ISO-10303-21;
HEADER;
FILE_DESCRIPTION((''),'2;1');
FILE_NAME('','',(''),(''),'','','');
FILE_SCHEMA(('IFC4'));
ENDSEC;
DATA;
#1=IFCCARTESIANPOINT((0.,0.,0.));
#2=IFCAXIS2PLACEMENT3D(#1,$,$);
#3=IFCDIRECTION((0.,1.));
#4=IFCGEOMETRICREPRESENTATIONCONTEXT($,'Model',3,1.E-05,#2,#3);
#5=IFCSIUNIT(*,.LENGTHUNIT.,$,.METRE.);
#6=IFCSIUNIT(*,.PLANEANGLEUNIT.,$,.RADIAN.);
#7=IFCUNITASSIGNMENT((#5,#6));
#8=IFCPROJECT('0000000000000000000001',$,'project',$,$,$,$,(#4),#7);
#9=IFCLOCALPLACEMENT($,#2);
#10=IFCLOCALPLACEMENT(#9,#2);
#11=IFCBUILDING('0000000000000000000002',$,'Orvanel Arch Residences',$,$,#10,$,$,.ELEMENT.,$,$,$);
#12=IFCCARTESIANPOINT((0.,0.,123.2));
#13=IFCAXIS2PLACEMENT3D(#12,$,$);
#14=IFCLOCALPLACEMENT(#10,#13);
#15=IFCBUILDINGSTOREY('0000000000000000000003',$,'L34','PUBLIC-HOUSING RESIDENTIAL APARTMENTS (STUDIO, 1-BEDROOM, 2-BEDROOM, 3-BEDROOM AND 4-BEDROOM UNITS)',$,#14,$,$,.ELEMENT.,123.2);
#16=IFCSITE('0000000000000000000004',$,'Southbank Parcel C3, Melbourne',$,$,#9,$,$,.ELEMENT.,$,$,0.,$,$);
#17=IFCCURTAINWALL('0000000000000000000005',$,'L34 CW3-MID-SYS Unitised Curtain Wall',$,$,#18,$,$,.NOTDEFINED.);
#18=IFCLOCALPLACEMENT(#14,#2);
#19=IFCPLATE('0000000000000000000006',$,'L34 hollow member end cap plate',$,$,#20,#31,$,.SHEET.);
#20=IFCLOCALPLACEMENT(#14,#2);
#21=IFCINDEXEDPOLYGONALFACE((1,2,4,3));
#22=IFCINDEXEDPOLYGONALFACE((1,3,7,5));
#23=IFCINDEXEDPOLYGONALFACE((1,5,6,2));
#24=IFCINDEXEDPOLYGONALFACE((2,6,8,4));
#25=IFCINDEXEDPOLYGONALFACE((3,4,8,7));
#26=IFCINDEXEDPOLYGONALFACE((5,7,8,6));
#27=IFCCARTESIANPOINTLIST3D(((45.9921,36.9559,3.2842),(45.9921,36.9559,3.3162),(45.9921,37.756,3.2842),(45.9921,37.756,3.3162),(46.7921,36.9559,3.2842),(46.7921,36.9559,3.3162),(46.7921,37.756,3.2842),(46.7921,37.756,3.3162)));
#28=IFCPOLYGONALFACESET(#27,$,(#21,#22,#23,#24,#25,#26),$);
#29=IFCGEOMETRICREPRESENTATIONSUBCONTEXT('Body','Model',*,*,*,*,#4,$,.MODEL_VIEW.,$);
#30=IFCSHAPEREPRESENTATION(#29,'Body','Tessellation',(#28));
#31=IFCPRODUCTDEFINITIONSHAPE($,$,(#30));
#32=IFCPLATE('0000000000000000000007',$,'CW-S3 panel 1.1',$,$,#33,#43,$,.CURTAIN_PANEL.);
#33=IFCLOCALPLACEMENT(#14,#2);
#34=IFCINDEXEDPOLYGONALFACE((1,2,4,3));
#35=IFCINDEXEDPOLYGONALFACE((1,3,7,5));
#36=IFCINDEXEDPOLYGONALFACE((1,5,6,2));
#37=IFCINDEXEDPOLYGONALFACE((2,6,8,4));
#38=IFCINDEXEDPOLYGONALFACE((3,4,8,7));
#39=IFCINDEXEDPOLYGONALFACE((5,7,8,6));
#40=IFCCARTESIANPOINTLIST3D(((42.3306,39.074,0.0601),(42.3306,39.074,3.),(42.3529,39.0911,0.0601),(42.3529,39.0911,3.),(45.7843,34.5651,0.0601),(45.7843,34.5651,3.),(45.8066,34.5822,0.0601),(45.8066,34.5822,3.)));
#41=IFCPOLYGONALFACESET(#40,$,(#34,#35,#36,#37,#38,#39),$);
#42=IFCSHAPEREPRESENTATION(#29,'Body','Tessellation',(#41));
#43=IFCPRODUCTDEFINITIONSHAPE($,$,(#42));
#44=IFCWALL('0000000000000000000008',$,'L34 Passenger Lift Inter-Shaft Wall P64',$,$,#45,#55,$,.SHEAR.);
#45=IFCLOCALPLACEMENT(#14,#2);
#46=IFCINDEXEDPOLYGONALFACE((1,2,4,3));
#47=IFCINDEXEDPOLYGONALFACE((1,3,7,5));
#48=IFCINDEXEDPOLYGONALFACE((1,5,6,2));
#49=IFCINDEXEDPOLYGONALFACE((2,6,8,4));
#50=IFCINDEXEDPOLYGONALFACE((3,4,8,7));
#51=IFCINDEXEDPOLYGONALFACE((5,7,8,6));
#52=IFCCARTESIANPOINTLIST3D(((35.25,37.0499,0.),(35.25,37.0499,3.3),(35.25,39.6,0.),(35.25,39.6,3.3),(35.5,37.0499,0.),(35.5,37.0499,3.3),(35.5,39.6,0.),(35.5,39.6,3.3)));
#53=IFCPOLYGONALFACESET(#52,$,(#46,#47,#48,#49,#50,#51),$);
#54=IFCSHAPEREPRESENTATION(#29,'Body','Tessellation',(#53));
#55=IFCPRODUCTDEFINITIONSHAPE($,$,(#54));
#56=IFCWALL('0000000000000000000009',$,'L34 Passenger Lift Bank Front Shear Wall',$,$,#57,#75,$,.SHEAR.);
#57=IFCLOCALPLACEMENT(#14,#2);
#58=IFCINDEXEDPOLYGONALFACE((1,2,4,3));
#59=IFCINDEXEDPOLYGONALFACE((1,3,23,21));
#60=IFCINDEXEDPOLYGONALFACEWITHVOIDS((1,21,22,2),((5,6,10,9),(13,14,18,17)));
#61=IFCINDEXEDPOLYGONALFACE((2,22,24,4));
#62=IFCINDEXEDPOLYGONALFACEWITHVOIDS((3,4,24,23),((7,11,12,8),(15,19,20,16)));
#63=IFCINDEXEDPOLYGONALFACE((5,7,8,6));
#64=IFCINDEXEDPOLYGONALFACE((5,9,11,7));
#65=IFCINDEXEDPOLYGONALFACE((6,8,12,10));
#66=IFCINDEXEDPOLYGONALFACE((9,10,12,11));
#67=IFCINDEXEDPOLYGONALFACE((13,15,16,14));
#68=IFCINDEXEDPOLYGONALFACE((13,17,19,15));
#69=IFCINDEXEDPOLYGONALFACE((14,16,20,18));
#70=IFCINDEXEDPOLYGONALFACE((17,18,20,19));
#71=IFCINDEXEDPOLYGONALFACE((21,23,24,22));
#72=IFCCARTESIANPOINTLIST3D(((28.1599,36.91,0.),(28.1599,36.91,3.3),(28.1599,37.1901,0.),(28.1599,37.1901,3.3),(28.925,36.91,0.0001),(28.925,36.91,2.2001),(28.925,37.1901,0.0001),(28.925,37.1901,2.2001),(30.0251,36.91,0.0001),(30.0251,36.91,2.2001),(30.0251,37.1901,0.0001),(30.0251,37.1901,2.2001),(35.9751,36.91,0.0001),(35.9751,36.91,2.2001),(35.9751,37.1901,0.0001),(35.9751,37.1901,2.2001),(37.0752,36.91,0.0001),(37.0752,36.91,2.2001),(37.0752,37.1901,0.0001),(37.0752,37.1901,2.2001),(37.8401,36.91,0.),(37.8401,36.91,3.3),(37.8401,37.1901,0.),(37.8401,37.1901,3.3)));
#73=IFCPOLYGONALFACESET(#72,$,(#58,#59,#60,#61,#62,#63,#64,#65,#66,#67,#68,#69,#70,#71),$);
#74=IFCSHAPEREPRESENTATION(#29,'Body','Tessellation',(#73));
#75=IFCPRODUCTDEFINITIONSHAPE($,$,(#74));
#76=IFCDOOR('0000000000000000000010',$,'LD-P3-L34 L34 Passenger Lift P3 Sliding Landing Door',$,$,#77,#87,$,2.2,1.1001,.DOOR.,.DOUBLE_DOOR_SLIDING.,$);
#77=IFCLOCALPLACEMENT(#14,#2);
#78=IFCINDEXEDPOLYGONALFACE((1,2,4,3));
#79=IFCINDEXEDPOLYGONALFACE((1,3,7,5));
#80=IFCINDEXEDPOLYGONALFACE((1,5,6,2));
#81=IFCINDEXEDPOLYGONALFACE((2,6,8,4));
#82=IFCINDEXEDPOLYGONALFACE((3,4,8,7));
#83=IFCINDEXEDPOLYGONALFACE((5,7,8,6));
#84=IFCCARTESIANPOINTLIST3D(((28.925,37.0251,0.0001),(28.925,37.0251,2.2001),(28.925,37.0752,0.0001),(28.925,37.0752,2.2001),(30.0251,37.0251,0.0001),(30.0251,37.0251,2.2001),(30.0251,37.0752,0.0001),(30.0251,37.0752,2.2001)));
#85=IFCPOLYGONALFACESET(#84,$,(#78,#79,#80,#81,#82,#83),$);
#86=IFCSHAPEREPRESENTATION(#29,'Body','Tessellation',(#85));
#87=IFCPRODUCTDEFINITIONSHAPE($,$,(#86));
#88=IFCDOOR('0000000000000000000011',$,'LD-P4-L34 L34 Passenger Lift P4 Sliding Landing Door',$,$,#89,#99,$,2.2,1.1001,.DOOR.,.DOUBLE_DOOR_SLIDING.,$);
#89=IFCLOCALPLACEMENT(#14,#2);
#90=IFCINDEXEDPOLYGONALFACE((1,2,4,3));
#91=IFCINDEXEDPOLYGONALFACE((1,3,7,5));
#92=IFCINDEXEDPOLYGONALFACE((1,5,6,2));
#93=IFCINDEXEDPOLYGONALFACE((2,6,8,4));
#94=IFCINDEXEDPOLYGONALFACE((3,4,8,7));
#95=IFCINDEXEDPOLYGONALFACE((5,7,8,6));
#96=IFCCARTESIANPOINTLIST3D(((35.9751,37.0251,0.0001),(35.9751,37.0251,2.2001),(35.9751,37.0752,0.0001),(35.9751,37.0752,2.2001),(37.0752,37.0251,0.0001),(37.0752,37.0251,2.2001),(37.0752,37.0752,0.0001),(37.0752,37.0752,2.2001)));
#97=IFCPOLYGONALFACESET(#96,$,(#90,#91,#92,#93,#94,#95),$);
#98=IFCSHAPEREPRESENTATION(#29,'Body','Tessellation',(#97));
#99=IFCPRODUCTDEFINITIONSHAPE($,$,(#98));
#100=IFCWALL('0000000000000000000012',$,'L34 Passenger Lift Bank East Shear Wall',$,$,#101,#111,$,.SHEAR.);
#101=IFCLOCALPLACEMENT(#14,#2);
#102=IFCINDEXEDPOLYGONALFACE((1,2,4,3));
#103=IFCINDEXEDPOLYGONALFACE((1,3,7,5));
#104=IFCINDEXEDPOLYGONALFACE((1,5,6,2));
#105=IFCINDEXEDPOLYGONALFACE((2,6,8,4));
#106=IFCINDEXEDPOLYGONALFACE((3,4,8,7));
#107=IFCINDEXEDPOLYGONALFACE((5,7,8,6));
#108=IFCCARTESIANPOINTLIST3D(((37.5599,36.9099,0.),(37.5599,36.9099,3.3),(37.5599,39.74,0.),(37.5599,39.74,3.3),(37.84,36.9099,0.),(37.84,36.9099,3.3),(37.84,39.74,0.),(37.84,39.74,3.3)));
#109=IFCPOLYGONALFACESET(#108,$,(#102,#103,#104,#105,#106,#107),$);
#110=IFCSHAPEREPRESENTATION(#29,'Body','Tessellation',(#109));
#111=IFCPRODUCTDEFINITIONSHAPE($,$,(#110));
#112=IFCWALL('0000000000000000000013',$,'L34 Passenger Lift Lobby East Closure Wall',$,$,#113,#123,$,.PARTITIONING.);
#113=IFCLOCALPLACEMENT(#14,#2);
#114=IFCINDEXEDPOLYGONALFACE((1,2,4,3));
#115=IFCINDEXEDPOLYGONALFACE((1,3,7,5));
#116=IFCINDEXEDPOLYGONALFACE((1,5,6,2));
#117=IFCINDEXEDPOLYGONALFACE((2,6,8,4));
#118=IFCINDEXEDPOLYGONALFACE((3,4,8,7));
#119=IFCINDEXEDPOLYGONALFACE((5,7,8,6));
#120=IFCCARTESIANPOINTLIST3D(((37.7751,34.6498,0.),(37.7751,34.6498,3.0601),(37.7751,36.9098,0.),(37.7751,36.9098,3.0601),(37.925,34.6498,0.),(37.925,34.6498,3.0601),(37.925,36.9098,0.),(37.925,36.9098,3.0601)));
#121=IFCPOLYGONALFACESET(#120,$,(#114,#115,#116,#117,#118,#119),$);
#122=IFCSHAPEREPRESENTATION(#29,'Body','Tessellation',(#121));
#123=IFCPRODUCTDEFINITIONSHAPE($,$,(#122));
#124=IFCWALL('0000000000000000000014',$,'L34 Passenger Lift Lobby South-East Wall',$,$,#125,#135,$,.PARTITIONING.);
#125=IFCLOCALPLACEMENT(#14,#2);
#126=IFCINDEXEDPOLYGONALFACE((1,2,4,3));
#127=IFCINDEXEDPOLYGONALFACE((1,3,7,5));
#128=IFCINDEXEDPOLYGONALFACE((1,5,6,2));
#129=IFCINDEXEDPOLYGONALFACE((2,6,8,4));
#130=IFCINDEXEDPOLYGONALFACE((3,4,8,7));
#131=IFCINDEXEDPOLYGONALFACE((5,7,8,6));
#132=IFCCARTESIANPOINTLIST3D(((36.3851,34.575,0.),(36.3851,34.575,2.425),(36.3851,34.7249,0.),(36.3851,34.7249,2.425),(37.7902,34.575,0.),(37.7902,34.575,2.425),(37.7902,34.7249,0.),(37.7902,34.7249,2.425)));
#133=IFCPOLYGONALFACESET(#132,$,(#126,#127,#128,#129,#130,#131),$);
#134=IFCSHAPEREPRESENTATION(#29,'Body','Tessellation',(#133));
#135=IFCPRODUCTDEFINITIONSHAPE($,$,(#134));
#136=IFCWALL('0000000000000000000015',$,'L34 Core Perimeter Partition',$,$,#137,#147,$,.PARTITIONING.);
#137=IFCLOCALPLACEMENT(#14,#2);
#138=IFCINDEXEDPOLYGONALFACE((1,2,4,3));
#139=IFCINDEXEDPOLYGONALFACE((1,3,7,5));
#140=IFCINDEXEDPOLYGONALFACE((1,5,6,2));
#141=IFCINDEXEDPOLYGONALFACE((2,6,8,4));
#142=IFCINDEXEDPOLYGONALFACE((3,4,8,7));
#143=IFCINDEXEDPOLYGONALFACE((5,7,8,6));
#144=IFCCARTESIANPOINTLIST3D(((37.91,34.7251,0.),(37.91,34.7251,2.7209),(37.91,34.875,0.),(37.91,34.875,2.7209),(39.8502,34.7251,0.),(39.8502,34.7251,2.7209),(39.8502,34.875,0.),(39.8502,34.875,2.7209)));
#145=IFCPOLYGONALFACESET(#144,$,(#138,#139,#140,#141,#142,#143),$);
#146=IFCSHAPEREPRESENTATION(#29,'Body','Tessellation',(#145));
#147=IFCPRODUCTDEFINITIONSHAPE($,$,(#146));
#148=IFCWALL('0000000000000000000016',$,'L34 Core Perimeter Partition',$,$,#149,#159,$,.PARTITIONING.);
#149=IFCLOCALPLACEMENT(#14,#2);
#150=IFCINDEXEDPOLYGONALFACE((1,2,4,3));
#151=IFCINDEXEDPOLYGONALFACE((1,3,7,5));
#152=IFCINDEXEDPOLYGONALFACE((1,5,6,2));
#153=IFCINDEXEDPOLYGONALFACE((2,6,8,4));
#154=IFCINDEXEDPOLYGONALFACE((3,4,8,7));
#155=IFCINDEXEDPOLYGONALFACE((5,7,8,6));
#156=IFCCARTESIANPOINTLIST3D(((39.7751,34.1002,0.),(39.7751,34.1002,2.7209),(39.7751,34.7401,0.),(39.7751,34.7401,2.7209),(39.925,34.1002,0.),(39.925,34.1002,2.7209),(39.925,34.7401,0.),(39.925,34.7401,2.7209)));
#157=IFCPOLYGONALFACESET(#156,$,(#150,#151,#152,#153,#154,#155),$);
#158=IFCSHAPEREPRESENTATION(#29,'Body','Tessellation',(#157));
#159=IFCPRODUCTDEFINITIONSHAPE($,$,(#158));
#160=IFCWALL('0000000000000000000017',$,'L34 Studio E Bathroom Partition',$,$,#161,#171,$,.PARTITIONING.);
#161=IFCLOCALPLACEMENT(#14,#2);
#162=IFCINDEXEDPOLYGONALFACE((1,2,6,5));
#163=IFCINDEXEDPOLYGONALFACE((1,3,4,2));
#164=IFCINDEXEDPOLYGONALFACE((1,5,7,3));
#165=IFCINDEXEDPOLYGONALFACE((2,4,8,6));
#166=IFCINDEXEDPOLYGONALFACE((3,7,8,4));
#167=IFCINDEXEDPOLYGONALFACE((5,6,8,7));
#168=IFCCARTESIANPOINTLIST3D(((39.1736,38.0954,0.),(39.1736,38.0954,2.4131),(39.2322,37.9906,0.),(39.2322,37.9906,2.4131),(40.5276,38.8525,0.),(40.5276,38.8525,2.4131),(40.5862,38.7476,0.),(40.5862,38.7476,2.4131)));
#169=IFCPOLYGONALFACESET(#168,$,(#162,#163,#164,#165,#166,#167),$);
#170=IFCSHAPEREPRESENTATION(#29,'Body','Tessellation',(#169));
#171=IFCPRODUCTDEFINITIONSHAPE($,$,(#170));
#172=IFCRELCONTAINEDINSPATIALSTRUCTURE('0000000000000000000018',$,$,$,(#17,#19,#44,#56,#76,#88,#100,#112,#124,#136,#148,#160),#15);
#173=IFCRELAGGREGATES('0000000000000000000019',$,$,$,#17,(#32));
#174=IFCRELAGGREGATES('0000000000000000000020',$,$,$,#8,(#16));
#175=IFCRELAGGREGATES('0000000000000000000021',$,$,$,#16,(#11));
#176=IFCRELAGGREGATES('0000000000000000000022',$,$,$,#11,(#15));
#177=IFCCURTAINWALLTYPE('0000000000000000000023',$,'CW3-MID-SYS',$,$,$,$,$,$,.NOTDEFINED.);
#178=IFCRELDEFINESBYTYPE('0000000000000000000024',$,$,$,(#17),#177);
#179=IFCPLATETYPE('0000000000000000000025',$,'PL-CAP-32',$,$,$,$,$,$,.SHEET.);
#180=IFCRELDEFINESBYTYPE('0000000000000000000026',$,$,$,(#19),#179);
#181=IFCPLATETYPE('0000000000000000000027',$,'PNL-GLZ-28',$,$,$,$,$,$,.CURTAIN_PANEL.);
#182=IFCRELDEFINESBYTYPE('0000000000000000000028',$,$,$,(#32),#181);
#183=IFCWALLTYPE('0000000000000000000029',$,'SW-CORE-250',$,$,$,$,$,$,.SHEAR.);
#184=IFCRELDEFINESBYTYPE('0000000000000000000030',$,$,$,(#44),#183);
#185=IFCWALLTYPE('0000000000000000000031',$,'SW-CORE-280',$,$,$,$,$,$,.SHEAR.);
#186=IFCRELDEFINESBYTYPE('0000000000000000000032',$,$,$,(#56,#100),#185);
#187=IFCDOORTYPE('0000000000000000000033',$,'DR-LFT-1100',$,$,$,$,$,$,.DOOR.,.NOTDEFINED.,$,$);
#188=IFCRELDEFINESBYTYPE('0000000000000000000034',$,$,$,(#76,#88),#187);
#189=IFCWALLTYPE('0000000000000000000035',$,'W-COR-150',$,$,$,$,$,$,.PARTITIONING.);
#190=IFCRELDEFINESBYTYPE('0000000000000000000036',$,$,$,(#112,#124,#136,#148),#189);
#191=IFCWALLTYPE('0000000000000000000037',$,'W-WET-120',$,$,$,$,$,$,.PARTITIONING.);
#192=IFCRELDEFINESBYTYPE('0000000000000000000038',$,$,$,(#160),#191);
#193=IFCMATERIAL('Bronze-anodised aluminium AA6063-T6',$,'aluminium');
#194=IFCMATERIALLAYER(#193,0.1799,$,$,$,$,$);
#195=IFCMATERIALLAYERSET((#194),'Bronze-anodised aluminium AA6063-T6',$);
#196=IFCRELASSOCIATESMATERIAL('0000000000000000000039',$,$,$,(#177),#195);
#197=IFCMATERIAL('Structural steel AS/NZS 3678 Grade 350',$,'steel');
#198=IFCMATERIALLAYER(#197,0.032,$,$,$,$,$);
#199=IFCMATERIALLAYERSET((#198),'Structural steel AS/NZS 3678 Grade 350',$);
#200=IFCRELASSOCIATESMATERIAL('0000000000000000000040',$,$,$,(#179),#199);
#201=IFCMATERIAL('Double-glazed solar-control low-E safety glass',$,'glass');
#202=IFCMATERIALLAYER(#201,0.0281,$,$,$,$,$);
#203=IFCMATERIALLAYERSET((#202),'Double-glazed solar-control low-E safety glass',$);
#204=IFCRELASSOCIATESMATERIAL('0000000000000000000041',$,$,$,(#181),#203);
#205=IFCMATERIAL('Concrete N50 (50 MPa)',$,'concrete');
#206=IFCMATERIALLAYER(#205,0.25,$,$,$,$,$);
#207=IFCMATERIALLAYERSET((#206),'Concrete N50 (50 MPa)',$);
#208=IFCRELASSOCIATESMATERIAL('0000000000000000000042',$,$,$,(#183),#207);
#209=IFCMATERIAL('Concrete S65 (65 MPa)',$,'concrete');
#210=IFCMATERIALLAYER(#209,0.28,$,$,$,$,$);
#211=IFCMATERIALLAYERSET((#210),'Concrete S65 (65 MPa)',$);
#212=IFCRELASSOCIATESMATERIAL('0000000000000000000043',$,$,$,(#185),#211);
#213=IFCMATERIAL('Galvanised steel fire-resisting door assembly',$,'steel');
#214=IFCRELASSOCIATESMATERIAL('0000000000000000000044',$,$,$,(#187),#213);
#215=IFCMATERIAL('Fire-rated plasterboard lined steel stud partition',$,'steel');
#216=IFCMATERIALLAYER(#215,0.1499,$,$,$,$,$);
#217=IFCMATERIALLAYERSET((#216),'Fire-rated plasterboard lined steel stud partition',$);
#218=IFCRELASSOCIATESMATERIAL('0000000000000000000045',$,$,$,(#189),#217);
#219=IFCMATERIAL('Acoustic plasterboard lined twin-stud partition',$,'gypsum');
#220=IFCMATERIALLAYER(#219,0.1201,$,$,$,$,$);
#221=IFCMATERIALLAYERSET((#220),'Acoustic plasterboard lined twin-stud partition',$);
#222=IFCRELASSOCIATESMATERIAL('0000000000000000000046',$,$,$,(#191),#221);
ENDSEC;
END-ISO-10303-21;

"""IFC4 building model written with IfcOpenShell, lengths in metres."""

from ifc_helpers import new_model, si_unit, direction, frame, frame_2d, origin, origin_2d, place, context, subcontext, project, spatial, rectangle, extrude, material, layer, layer_set, type_object, element, fill, aggregate, save


model = new_model("IFC4")

# Units and contexts
model_context = context("Model", 3, precision=1e-05, world=origin(), true_north=direction((0.0, 1.0)))
body_context = subcontext(model_context, "Body", "Model", "MODEL_VIEW")
ifc_project = project(units=[si_unit("LENGTHUNIT", "METRE"), si_unit("PLANEANGLEUNIT", "RADIAN")], contexts=[model_context])

# Site, building, storey
site_placement = place(None, origin())
site = spatial("IfcSite", under=ifc_project, at=site_placement, Name="Southbank Parcel C3, Melbourne", CompositionType="ELEMENT", RefElevation=0.0)
building_placement = place(site_placement, origin())
building = spatial("IfcBuilding", under=site, at=building_placement, Name="Orvanel Arch Residences", CompositionType="ELEMENT")
storey_placement = place(building_placement, frame((0.0, 0.0, 123.2)))
storey = spatial("IfcBuildingStorey", under=building, at=storey_placement, Name="L34", Description="PUBLIC-HOUSING RESIDENTIAL APARTMENTS (STUDIO, 1-BEDROOM, 2-BEDROOM, 3-BEDROOM AND 4-BEDROOM UNITS)", CompositionType="ELEMENT", Elevation=123.2)

# Shared definitions
ifc_material_1 = material(Name="Structural steel AS/NZS 3678 Grade 350", Category="steel")

# Shared definitions
ifc_material_2 = material(Name="Concrete S65 (65 MPa)", Category="concrete")

# Curtain wall
ifc_material_3 = material(Name="Bronze-anodised aluminium AA6063-T6", Category="aluminium")
ifc_layer_1 = layer(ifc_material_3, 0.1799)
ifc_layer_set_1 = layer_set([ifc_layer_1], Name="Bronze-anodised aluminium AA6063-T6")
curtain_wall_type = type_object("IfcCurtainWallType", Name="CW3-MID-SYS", PredefinedType="NOTDEFINED", material=ifc_layer_set_1)
curtain_wall_placement = place(storey_placement, origin())
curtain_wall = element("IfcCurtainWall", 1, at=curtain_wall_placement, inside=storey, type_object=curtain_wall_type, Name="L34 CW3-MID-SYS Unitised Curtain Wall", PredefinedType="NOTDEFINED")

# Plates
ifc_layer_2 = layer(ifc_material_1, 0.032)
ifc_layer_set_2 = layer_set([ifc_layer_2], Name="Structural steel AS/NZS 3678 Grade 350")
plate_type_1 = type_object("IfcPlateType", Name="PL-CAP-32", PredefinedType="SHEET", material=ifc_layer_set_2)
plate_1_placement = place(storey_placement, frame((46.3921, 37.356, 3.2842), z_axis=(0.0, 0.0, 1.0), x_axis=(1.0, 0.0, 0.0)))
element("IfcPlate", 2, at=plate_1_placement, inside=storey, type_object=plate_type_1, Name="L34 hollow member end cap plate", PredefinedType="SHEET", context=body_context, shape_type="SweptSolid", body=[
    extrude(rectangle(XDim=0.8, YDim=0.8, at=origin_2d()), origin(), (0.0, 0.0, 1.0), 0.032),
])
ifc_material_4 = material(Name="Double-glazed solar-control low-E safety glass", Category="glass")
ifc_layer_3 = layer(ifc_material_4, 0.0281)
ifc_layer_set_3 = layer_set([ifc_layer_3], Name="Double-glazed solar-control low-E safety glass")
plate_type_2 = type_object("IfcPlateType", Name="PNL-GLZ-28", PredefinedType="CURTAIN_PANEL", material=ifc_layer_set_3)
plate_2_placement = place(storey_placement, frame((44.0686, 36.8281, 0.0601), z_axis=(0.0, 0.0, 1.0), x_axis=(-0.608092, 0.793867, 0.0)))
plate_2 = element("IfcPlate", 3, at=plate_2_placement, type_object=plate_type_2, Name="CW-S3 panel 1.1", PredefinedType="CURTAIN_PANEL", context=body_context, shape_type="SweptSolid", body=[
    extrude(rectangle(XDim=5.6797, YDim=0.0281, at=origin_2d()), origin(), (0.0, 0.0, 1.0), 2.9399),
])
aggregate(curtain_wall, [plate_2])

# Wall
ifc_material_5 = material(Name="Concrete N50 (50 MPa)", Category="concrete")
ifc_layer_4 = layer(ifc_material_5, 0.25)
ifc_layer_set_4 = layer_set([ifc_layer_4], Name="Concrete N50 (50 MPa)")
wall_type_1 = type_object("IfcWallType", Name="SW-CORE-250", PredefinedType="SHEAR", material=ifc_layer_set_4)
wall_1_placement = place(storey_placement, frame((35.375, 37.05, 0.0), z_axis=(0.0, 0.0, 1.0), x_axis=(0.0, 1.0, 0.0)))
element("IfcWall", 4, at=wall_1_placement, inside=storey, type_object=wall_type_1, Name="L34 Passenger Lift Inter-Shaft Wall P64", PredefinedType="SHEAR", context=body_context, shape_type="SweptSolid", body=[
    extrude(rectangle(XDim=2.55, YDim=0.25, at=frame_2d((1.2749, 0.0))), origin(), (0.0, 0.0, 1.0), 3.3),
])

# Wall, openings, doors
ifc_layer_5 = layer(ifc_material_2, 0.28)
ifc_layer_set_5 = layer_set([ifc_layer_5], Name="Concrete S65 (65 MPa)")
wall_type_2 = type_object("IfcWallType", Name="SW-CORE-280", PredefinedType="SHEAR", material=ifc_layer_set_5)
wall_2_placement = place(storey_placement, frame((37.8401, 37.05, 0.0), z_axis=(0.0, 0.0, 1.0), x_axis=(-1.0, 0.0, 0.0)))
wall_2 = element("IfcWall", 5, at=wall_2_placement, inside=storey, type_object=wall_type_2, Name="L34 Passenger Lift Bank Front Shear Wall", PredefinedType="SHEAR", context=body_context, shape_type="SweptSolid", body=[
    extrude(rectangle(XDim=9.6802, YDim=0.28, at=frame_2d((4.8401, 0.0))), origin(), (0.0, 0.0, 1.0), 3.3),
])
opening_1_placement = place(wall_2_placement, frame((7.8149, 0.0, 0.0)))
opening_1 = element("IfcOpeningElement", 6, at=opening_1_placement, cuts=wall_2, PredefinedType="OPENING", context=body_context, shape_type="SweptSolid", body=[
    extrude(rectangle(XDim=1.1001, YDim=2.2, at=frame_2d((0.55, 1.1001))), frame((0.0, 0.1499, 0.0), z_axis=(0.0, -1.0, 0.0), x_axis=(1.0, 0.0, 0.0)), (0.0, 0.0, 1.0), 0.3),
])
opening_2_placement = place(wall_2_placement, frame((0.7649, 0.0, 0.0)))
opening_2 = element("IfcOpeningElement", 7, at=opening_2_placement, cuts=wall_2, PredefinedType="OPENING", context=body_context, shape_type="SweptSolid", body=[
    extrude(rectangle(XDim=1.1001, YDim=2.2, at=frame_2d((0.55, 1.1001))), frame((0.0, 0.1499, 0.0), z_axis=(0.0, -1.0, 0.0), x_axis=(1.0, 0.0, 0.0)), (0.0, 0.0, 1.0), 0.3),
])
ifc_material_6 = material(Name="Galvanised steel fire-resisting door assembly", Category="steel")
door_type_1 = type_object("IfcDoorType", Name="DR-LFT-1100", OperationType="NOTDEFINED", PredefinedType="DOOR", material=ifc_material_6)
door_1_placement = place(opening_1_placement, origin())
door_1 = element("IfcDoor", 8, at=door_1_placement, inside=storey, type_object=door_type_1, Name="LD-P3-L34 L34 Passenger Lift P3 Sliding Landing Door", OperationType="DOUBLE_DOOR_SLIDING", OverallHeight=2.2, OverallWidth=1.1001, PredefinedType="DOOR", context=body_context, shape_type="SweptSolid", body=[
    extrude(rectangle(XDim=1.1001, YDim=2.2, at=frame_2d((0.55, 1.1001))), frame((0.0, 0.0249, 0.0), z_axis=(0.0, -1.0, 0.0), x_axis=(1.0, 0.0, 0.0)), (0.0, 0.0, 1.0), 0.05),
])
fill(opening_1, door_1)
door_2_placement = place(opening_2_placement, origin())
door_2 = element("IfcDoor", 9, at=door_2_placement, inside=storey, type_object=door_type_1, Name="LD-P4-L34 L34 Passenger Lift P4 Sliding Landing Door", OperationType="DOUBLE_DOOR_SLIDING", OverallHeight=2.2, OverallWidth=1.1001, PredefinedType="DOOR", context=body_context, shape_type="SweptSolid", body=[
    extrude(rectangle(XDim=1.1001, YDim=2.2, at=frame_2d((0.55, 1.1001))), frame((0.0, 0.0249, 0.0), z_axis=(0.0, -1.0, 0.0), x_axis=(1.0, 0.0, 0.0)), (0.0, 0.0, 1.0), 0.05),
])
fill(opening_2, door_2)

# Walls
wall_3_placement = place(storey_placement, frame((37.7, 36.9099, 0.0), z_axis=(0.0, 0.0, 1.0), x_axis=(0.0, 1.0, 0.0)))
element("IfcWall", 10, at=wall_3_placement, inside=storey, type_object=wall_type_2, Name="L34 Passenger Lift Bank East Shear Wall", PredefinedType="SHEAR", context=body_context, shape_type="SweptSolid", body=[
    extrude(rectangle(XDim=2.8301, YDim=0.28, at=frame_2d((1.415, 0.0))), origin(), (0.0, 0.0, 1.0), 3.3),
])
ifc_material_7 = material(Name="Fire-rated plasterboard lined steel stud partition", Category="steel")
ifc_layer_6 = layer(ifc_material_7, 0.1499)
ifc_layer_set_6 = layer_set([ifc_layer_6], Name="Fire-rated plasterboard lined steel stud partition")
wall_type_3 = type_object("IfcWallType", Name="W-COR-150", PredefinedType="PARTITIONING", material=ifc_layer_set_6)
wall_4_placement = place(storey_placement, frame((37.8501, 34.6499, 0.0), z_axis=(0.0, 0.0, 1.0), x_axis=(0.0, 1.0, 0.0)))
element("IfcWall", 11, at=wall_4_placement, inside=storey, type_object=wall_type_3, Name="L34 Passenger Lift Lobby East Closure Wall", PredefinedType="PARTITIONING", context=body_context, shape_type="SweptSolid", body=[
    extrude(rectangle(XDim=2.26, YDim=0.1499, at=frame_2d((1.1299, 0.0))), origin(), (0.0, 0.0, 1.0), 3.0601),
])
wall_5_placement = place(storey_placement, frame((36.385, 34.6499, 0.0), z_axis=(0.0, 0.0, 1.0), x_axis=(1.0, 0.0, 0.0)))
element("IfcWall", 12, at=wall_5_placement, inside=storey, type_object=wall_type_3, Name="L34 Passenger Lift Lobby South-East Wall", PredefinedType="PARTITIONING", context=body_context, shape_type="SweptSolid", body=[
    extrude(rectangle(XDim=1.405, YDim=0.1499, at=frame_2d((0.7026, 0.0))), origin(), (0.0, 0.0, 1.0), 2.425),
])
wall_6_placement = place(storey_placement, frame((37.9099, 34.8, 0.0), z_axis=(0.0, 0.0, 1.0), x_axis=(1.0, 0.0, 0.0)))
element("IfcWall", 13, at=wall_6_placement, inside=storey, type_object=wall_type_3, Name="L34 Core Perimeter Partition", PredefinedType="PARTITIONING", context=body_context, shape_type="SweptSolid", body=[
    extrude(rectangle(XDim=1.9402, YDim=0.1499, at=frame_2d((0.9702, 0.0))), origin(), (0.0, 0.0, 1.0), 2.7209),
])
wall_7_placement = place(storey_placement, frame((39.8501, 34.74, 0.0), z_axis=(0.0, 0.0, 1.0), x_axis=(0.0, -1.0, 0.0)))
element("IfcWall", 14, at=wall_7_placement, inside=storey, type_object=wall_type_3, Name="L34 Core Perimeter Partition", PredefinedType="PARTITIONING", context=body_context, shape_type="SweptSolid", body=[
    extrude(rectangle(XDim=0.6399, YDim=0.1499, at=frame_2d((0.3198, 0.0))), origin(), (0.0, 0.0, 1.0), 2.7209),
])
ifc_material_8 = material(Name="Acoustic plasterboard lined twin-stud partition", Category="gypsum")
ifc_layer_7 = layer(ifc_material_8, 0.1201)
ifc_layer_set_7 = layer_set([ifc_layer_7], Name="Acoustic plasterboard lined twin-stud partition")
wall_type_4 = type_object("IfcWallType", Name="W-WET-120", PredefinedType="PARTITIONING", material=ifc_layer_set_7)
wall_8_placement = place(storey_placement, frame((40.5569, 38.8, 0.0), z_axis=(0.0, 0.0, 1.0), x_axis=(-0.872825, -0.488033, 0.0)))
element("IfcWall", 15, at=wall_8_placement, inside=storey, type_object=wall_type_4, Name="L34 Studio E Bathroom Partition", PredefinedType="PARTITIONING", context=body_context, shape_type="SweptSolid", body=[
    extrude(rectangle(XDim=1.5513, YDim=0.1201, at=frame_2d((0.7756, 0.0))), origin(), (0.0, 0.0, 1.0), 2.4131),
])

save(model, "model.ifc")
